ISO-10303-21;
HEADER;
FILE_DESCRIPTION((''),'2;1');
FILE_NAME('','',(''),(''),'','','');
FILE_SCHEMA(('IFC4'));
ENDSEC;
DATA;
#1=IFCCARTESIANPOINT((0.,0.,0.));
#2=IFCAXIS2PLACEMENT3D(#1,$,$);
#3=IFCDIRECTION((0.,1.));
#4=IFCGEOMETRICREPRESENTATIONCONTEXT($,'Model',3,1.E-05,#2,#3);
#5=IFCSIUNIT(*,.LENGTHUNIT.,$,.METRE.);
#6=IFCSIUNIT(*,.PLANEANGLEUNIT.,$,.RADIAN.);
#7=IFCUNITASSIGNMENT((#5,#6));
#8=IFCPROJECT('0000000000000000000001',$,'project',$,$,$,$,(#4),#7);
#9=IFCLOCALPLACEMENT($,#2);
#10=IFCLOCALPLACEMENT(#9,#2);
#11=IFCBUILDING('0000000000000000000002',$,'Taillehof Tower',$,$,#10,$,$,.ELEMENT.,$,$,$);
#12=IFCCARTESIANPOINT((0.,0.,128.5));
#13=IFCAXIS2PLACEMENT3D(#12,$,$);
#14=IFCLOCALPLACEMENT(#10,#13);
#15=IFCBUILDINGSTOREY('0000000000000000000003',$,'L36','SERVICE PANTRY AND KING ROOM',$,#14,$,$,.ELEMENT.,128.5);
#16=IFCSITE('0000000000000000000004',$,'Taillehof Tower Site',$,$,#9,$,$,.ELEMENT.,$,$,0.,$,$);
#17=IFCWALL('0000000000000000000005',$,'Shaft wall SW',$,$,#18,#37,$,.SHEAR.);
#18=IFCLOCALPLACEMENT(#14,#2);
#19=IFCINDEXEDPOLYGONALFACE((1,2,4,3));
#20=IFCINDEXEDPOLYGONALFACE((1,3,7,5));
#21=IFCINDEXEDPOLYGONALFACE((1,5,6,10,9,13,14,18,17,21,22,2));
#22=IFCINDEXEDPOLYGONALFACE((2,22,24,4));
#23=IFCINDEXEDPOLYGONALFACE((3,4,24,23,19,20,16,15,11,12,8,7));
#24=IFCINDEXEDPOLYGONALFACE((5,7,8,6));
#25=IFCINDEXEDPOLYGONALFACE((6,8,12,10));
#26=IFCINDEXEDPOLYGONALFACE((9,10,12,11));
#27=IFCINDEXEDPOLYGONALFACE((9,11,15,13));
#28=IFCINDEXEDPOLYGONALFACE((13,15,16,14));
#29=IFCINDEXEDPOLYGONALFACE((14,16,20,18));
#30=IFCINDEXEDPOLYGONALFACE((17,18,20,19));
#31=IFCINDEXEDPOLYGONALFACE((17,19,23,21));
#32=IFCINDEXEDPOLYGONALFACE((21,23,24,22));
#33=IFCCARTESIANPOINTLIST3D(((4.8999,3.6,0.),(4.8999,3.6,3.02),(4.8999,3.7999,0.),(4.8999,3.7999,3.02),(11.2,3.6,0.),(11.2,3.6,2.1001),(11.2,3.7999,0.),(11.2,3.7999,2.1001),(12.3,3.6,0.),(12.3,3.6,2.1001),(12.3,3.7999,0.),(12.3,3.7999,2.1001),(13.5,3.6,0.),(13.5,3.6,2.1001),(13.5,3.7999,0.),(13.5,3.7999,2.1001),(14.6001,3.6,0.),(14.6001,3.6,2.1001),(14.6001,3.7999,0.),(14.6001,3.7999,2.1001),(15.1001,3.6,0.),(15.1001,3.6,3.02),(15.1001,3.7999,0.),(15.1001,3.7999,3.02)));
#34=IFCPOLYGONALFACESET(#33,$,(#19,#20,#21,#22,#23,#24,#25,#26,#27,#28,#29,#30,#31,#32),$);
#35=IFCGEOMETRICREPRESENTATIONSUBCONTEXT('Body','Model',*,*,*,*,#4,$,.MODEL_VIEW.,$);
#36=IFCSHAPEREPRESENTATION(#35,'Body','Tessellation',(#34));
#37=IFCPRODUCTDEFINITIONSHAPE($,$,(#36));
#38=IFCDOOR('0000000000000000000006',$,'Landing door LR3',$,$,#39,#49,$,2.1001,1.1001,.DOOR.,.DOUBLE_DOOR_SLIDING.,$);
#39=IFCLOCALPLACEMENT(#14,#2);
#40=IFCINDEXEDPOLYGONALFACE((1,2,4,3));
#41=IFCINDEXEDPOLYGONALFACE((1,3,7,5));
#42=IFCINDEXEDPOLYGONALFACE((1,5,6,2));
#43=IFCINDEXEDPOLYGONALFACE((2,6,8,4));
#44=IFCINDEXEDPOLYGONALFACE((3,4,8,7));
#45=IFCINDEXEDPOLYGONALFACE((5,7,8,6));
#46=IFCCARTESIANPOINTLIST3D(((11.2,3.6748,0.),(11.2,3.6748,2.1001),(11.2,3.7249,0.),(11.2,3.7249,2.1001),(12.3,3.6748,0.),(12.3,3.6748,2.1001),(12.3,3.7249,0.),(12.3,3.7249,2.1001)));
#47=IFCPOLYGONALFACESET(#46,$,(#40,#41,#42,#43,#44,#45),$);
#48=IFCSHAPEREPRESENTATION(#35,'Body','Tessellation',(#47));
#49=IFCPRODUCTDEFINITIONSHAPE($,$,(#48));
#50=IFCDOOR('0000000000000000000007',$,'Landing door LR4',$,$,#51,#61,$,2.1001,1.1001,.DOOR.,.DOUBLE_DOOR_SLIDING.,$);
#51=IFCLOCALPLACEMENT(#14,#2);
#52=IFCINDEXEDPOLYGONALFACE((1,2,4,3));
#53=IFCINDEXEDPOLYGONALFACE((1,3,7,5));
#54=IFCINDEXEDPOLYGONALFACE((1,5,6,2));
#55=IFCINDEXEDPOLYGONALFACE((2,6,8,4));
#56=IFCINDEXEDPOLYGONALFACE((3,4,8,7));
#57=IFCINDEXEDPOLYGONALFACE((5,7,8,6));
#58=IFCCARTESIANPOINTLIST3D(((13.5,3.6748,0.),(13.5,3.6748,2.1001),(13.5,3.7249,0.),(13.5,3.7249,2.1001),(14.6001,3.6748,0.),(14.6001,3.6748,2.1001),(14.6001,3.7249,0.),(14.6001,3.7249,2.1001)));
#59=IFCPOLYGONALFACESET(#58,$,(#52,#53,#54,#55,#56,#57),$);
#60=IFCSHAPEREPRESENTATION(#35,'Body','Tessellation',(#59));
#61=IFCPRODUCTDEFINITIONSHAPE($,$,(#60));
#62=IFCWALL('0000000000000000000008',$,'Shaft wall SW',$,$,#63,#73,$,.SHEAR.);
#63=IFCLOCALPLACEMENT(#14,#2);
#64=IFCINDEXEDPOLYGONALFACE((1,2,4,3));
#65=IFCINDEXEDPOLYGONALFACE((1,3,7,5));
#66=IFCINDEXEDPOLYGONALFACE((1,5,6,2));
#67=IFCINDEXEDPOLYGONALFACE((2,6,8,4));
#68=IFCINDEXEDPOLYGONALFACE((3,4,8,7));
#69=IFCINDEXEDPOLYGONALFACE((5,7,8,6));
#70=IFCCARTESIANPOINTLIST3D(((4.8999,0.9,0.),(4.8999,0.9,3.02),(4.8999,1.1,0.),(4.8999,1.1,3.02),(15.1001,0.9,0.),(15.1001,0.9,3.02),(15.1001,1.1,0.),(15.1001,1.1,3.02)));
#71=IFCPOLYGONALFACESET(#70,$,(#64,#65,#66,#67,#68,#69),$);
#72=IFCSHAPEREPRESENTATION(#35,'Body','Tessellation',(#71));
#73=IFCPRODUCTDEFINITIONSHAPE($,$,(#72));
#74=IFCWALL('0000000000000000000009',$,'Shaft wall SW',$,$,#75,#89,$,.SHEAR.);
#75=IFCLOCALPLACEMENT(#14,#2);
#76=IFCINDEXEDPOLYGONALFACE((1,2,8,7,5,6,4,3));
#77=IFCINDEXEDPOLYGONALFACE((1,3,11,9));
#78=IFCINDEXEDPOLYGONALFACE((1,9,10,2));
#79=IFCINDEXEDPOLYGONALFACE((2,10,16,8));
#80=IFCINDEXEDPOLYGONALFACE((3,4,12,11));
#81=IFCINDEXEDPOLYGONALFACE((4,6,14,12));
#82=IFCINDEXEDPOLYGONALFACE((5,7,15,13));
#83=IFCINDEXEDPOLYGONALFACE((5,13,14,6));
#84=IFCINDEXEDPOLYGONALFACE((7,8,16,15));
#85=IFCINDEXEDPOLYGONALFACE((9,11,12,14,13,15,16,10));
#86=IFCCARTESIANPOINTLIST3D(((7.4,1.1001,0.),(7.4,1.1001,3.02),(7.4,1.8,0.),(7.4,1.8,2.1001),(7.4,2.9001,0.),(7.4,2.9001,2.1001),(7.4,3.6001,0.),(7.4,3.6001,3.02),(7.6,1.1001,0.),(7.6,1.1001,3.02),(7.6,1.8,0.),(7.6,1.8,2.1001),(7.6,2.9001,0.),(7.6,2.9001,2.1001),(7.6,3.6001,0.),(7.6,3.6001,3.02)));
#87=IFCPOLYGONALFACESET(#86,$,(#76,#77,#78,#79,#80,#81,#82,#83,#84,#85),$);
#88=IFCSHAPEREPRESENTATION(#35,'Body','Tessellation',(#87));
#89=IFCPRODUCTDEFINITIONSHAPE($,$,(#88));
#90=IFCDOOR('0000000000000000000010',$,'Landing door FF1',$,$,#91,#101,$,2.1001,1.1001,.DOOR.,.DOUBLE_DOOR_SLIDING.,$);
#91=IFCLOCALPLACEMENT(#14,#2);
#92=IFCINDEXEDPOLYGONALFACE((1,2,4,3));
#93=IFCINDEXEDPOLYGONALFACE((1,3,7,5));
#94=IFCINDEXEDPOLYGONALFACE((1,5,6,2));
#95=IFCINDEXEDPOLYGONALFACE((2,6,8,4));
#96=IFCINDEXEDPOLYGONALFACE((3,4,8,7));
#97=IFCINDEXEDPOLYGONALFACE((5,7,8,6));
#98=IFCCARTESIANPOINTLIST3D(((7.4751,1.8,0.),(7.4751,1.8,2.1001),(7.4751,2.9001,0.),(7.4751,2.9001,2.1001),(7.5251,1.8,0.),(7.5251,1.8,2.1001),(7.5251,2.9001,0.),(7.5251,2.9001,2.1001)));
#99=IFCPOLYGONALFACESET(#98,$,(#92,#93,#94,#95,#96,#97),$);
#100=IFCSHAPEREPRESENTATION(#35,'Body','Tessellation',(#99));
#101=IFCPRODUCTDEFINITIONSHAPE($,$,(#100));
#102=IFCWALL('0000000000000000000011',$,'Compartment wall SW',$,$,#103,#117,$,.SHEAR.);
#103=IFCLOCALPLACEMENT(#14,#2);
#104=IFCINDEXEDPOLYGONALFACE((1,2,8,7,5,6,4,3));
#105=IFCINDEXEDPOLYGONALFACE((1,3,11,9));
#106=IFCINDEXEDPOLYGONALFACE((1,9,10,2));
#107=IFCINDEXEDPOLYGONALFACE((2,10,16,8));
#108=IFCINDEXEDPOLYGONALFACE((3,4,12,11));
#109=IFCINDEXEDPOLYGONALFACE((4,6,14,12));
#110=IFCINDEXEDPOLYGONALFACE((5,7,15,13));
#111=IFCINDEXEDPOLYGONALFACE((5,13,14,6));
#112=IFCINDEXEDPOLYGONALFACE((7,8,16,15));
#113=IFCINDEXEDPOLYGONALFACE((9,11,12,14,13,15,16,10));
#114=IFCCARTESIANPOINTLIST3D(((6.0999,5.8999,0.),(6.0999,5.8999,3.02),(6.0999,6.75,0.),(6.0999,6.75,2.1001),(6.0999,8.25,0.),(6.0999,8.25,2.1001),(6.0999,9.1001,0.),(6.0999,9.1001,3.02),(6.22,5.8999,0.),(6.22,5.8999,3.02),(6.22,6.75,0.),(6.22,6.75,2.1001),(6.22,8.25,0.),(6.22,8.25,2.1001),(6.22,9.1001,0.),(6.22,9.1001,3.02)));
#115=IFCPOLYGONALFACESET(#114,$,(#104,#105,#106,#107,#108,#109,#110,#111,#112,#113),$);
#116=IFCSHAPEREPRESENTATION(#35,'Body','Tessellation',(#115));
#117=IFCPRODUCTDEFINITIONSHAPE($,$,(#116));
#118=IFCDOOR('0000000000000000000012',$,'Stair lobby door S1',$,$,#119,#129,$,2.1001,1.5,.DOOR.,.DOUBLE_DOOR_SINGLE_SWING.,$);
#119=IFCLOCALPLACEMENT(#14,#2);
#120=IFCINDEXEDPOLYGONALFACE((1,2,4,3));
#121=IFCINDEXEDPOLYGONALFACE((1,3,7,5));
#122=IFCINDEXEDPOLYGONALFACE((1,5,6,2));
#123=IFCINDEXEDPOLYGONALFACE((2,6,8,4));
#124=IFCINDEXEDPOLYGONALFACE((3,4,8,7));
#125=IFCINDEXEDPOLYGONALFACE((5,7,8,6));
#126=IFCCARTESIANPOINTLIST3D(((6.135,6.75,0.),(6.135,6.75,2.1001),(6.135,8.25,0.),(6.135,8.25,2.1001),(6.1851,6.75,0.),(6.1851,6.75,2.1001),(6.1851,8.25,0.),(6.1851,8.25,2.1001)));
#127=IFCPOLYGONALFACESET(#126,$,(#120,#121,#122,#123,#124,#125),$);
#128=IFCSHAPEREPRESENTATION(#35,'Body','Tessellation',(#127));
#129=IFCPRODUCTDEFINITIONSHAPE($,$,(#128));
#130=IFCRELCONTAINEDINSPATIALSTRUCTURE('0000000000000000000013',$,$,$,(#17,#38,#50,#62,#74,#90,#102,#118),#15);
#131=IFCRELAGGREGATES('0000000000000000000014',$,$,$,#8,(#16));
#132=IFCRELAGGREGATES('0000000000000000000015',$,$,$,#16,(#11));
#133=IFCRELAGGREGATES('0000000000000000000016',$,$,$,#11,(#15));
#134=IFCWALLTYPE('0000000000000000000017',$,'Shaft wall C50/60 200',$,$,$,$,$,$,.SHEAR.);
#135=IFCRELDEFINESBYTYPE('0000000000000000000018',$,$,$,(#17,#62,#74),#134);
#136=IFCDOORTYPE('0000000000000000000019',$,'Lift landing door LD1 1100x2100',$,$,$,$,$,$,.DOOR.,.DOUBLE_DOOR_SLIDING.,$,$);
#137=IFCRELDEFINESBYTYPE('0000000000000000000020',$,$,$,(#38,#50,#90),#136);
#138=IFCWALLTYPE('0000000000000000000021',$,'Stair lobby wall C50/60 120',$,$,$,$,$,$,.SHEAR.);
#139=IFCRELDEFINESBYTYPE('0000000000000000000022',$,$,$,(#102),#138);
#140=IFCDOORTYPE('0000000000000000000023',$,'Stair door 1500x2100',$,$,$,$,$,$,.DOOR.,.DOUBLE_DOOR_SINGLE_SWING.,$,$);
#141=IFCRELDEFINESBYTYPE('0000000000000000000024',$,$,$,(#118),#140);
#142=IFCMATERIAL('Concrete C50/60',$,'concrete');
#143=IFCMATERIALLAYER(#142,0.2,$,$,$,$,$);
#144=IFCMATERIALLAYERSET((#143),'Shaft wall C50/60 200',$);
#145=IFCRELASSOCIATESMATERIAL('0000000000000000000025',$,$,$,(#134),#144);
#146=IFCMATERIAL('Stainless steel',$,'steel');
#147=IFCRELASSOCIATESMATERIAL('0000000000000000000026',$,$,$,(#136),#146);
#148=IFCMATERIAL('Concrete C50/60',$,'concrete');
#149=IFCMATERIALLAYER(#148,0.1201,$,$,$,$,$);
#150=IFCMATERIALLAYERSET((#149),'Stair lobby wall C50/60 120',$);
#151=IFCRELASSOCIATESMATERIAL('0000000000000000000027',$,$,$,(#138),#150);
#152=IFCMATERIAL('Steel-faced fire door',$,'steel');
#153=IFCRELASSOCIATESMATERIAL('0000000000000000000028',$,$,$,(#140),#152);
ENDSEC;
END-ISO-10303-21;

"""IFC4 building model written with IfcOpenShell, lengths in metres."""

from ifc_helpers import new_model, si_unit, direction, frame, frame_2d, origin, place, context, subcontext, project, spatial, rectangle, extrude, material, layer, layer_set, type_object, element, fill, save


model = new_model("IFC4")

# Units and contexts
model_context = context("Model", 3, precision=1e-05, world=origin(), true_north=direction((0.0, 1.0)))
body_context = subcontext(model_context, "Body", "Model", "MODEL_VIEW")
ifc_project = project(units=[si_unit("LENGTHUNIT", "METRE"), si_unit("PLANEANGLEUNIT", "RADIAN")], contexts=[model_context])

# Site, building, storey
site_placement = place(None, origin())
site = spatial("IfcSite", under=ifc_project, at=site_placement, Name="Taillehof Tower Site", CompositionType="ELEMENT", RefElevation=0.0)
building_placement = place(site_placement, origin())
building = spatial("IfcBuilding", under=site, at=building_placement, Name="Taillehof Tower", CompositionType="ELEMENT")
storey_placement = place(building_placement, frame((0.0, 0.0, 128.5)))
storey = spatial("IfcBuildingStorey", under=building, at=storey_placement, Name="L36", Description="SERVICE PANTRY AND KING ROOM", CompositionType="ELEMENT", Elevation=128.5)

# Wall, openings, doors
ifc_material_1 = material(Name="Concrete C50/60", Category="concrete")
ifc_layer_1 = layer(ifc_material_1, 0.2)
ifc_layer_set_1 = layer_set([ifc_layer_1], Name="Shaft wall C50/60 200")
wall_type_1 = type_object("IfcWallType", Name="Shaft wall C50/60 200", PredefinedType="SHEAR", material=ifc_layer_set_1)
ifc_material_2 = material(Name="Stainless steel", Category="steel")
door_type_1 = type_object("IfcDoorType", Name="Lift landing door LD1 1100x2100", OperationType="DOUBLE_DOOR_SLIDING", PredefinedType="DOOR", material=ifc_material_2)
wall_1_placement = place(storey_placement, frame((4.8999, 3.7, 0.0), z_axis=(0.0, 0.0, 1.0), x_axis=(1.0, 0.0, 0.0)))
wall_1 = element("IfcWall", 1, at=wall_1_placement, inside=storey, type_object=wall_type_1, Name="Shaft wall SW", PredefinedType="SHEAR", context=body_context, shape_type="SweptSolid", body=[
    extrude(rectangle(XDim=10.2002, YDim=0.2, at=frame_2d((5.1001, 0.0))), origin(), (0.0, 0.0, 1.0), 3.02),
])
opening_1_placement = place(wall_1_placement, frame((6.3, 0.0, 0.0)))
opening_1 = element("IfcOpeningElement", 2, at=opening_1_placement, cuts=wall_1, PredefinedType="OPENING", context=body_context, shape_type="SweptSolid", body=[
    extrude(rectangle(XDim=1.1001, YDim=2.1001, at=frame_2d((0.55, 1.05))), frame((0.0, 0.1099, 0.0), z_axis=(0.0, -1.0, 0.0), x_axis=(1.0, 0.0, 0.0)), (0.0, 0.0, 1.0), 0.22),
])
opening_2_placement = place(wall_1_placement, frame((8.6001, 0.0, 0.0)))
opening_2 = element("IfcOpeningElement", 3, at=opening_2_placement, cuts=wall_1, PredefinedType="OPENING", context=body_context, shape_type="SweptSolid", body=[
    extrude(rectangle(XDim=1.1001, YDim=2.1001, at=frame_2d((0.55, 1.05))), frame((0.0, 0.1099, 0.0), z_axis=(0.0, -1.0, 0.0), x_axis=(1.0, 0.0, 0.0)), (0.0, 0.0, 1.0), 0.22),
])
door_1_placement = place(opening_1_placement, origin())
door_1 = element("IfcDoor", 4, at=door_1_placement, inside=storey, type_object=door_type_1, Name="Landing door LR3", OperationType="DOUBLE_DOOR_SLIDING", OverallHeight=2.1001, OverallWidth=1.1001, PredefinedType="DOOR", context=body_context, shape_type="SweptSolid", body=[
    extrude(rectangle(XDim=1.1001, YDim=2.1001, at=frame_2d((0.55, 1.05))), frame((0.0, 0.0249, 0.0), z_axis=(0.0, -1.0, 0.0), x_axis=(1.0, 0.0, 0.0)), (0.0, 0.0, 1.0), 0.05),
])
fill(opening_1, door_1)
door_2_placement = place(opening_2_placement, origin())
door_2 = element("IfcDoor", 5, at=door_2_placement, inside=storey, type_object=door_type_1, Name="Landing door LR4", OperationType="DOUBLE_DOOR_SLIDING", OverallHeight=2.1001, OverallWidth=1.1001, PredefinedType="DOOR", context=body_context, shape_type="SweptSolid", body=[
    extrude(rectangle(XDim=1.1001, YDim=2.1001, at=frame_2d((0.55, 1.05))), frame((0.0, 0.0249, 0.0), z_axis=(0.0, -1.0, 0.0), x_axis=(1.0, 0.0, 0.0)), (0.0, 0.0, 1.0), 0.05),
])
fill(opening_2, door_2)

# Wall
wall_2_placement = place(storey_placement, frame((4.8999, 1.0, 0.0), z_axis=(0.0, 0.0, 1.0), x_axis=(1.0, 0.0, 0.0)))
element("IfcWall", 6, at=wall_2_placement, inside=storey, type_object=wall_type_1, Name="Shaft wall SW", PredefinedType="SHEAR", context=body_context, shape_type="SweptSolid", body=[
    extrude(rectangle(XDim=10.2002, YDim=0.2, at=frame_2d((5.1001, 0.0))), origin(), (0.0, 0.0, 1.0), 3.02),
])

# Walls, openings, doors
wall_3_placement = place(storey_placement, frame((7.5, 1.1001, 0.0), z_axis=(0.0, 0.0, 1.0), x_axis=(0.0, 1.0, 0.0)))
wall_3 = element("IfcWall", 7, at=wall_3_placement, inside=storey, type_object=wall_type_1, Name="Shaft wall SW", PredefinedType="SHEAR", context=body_context, shape_type="SweptSolid", body=[
    extrude(rectangle(XDim=2.5, YDim=0.2, at=frame_2d((1.25, 0.0))), origin(), (0.0, 0.0, 1.0), 3.02),
])
opening_3_placement = place(wall_3_placement, frame((0.7, 0.0, 0.0)))
opening_3 = element("IfcOpeningElement", 8, at=opening_3_placement, cuts=wall_3, PredefinedType="OPENING", context=body_context, shape_type="SweptSolid", body=[
    extrude(rectangle(XDim=1.1001, YDim=2.1001, at=frame_2d((0.55, 1.05))), frame((0.0, 0.1099, 0.0), z_axis=(0.0, -1.0, 0.0), x_axis=(1.0, 0.0, 0.0)), (0.0, 0.0, 1.0), 0.22),
])
door_3_placement = place(opening_3_placement, origin())
door_3 = element("IfcDoor", 9, at=door_3_placement, inside=storey, type_object=door_type_1, Name="Landing door FF1", OperationType="DOUBLE_DOOR_SLIDING", OverallHeight=2.1001, OverallWidth=1.1001, PredefinedType="DOOR", context=body_context, shape_type="SweptSolid", body=[
    extrude(rectangle(XDim=1.1001, YDim=2.1001, at=frame_2d((0.55, 1.05))), frame((0.0, 0.0249, 0.0), z_axis=(0.0, -1.0, 0.0), x_axis=(1.0, 0.0, 0.0)), (0.0, 0.0, 1.0), 0.05),
])
fill(opening_3, door_3)
ifc_material_3 = material(Name="Concrete C50/60", Category="concrete")
ifc_layer_2 = layer(ifc_material_3, 0.1201)
ifc_layer_set_2 = layer_set([ifc_layer_2], Name="Stair lobby wall C50/60 120")
wall_type_2 = type_object("IfcWallType", Name="Stair lobby wall C50/60 120", PredefinedType="SHEAR", material=ifc_layer_set_2)
wall_4_placement = place(storey_placement, frame((6.1599, 5.8999, 0.0), z_axis=(0.0, 0.0, 1.0), x_axis=(0.0, 1.0, 0.0)))
wall_4 = element("IfcWall", 10, at=wall_4_placement, inside=storey, type_object=wall_type_2, Name="Compartment wall SW", PredefinedType="SHEAR", context=body_context, shape_type="SweptSolid", body=[
    extrude(rectangle(XDim=3.2002, YDim=0.1201, at=frame_2d((1.6001, 0.0))), origin(), (0.0, 0.0, 1.0), 3.02),
])
opening_4_placement = place(wall_4_placement, frame((0.8501, 0.0, 0.0)))
opening_4 = element("IfcOpeningElement", 11, at=opening_4_placement, cuts=wall_4, PredefinedType="OPENING", context=body_context, shape_type="SweptSolid", body=[
    extrude(rectangle(XDim=1.5, YDim=2.1001, at=frame_2d((0.75, 1.05))), frame((0.0, 0.0701, 0.0), z_axis=(0.0, -1.0, 0.0), x_axis=(1.0, 0.0, 0.0)), (0.0, 0.0, 1.0), 0.1401),
])
ifc_material_4 = material(Name="Steel-faced fire door", Category="steel")
door_type_2 = type_object("IfcDoorType", Name="Stair door 1500x2100", OperationType="DOUBLE_DOOR_SINGLE_SWING", PredefinedType="DOOR", material=ifc_material_4)
door_4_placement = place(opening_4_placement, origin())
door_4 = element("IfcDoor", 12, at=door_4_placement, inside=storey, type_object=door_type_2, Name="Stair lobby door S1", OperationType="DOUBLE_DOOR_SINGLE_SWING", OverallHeight=2.1001, OverallWidth=1.5, PredefinedType="DOOR", context=body_context, shape_type="SweptSolid", body=[
    extrude(rectangle(XDim=1.5, YDim=2.1001, at=frame_2d((0.75, 1.05))), frame((0.0, 0.0249, 0.0), z_axis=(0.0, -1.0, 0.0), x_axis=(1.0, 0.0, 0.0)), (0.0, 0.0, 1.0), 0.05),
])
fill(opening_4, door_4)

save(model, "model.ifc")
